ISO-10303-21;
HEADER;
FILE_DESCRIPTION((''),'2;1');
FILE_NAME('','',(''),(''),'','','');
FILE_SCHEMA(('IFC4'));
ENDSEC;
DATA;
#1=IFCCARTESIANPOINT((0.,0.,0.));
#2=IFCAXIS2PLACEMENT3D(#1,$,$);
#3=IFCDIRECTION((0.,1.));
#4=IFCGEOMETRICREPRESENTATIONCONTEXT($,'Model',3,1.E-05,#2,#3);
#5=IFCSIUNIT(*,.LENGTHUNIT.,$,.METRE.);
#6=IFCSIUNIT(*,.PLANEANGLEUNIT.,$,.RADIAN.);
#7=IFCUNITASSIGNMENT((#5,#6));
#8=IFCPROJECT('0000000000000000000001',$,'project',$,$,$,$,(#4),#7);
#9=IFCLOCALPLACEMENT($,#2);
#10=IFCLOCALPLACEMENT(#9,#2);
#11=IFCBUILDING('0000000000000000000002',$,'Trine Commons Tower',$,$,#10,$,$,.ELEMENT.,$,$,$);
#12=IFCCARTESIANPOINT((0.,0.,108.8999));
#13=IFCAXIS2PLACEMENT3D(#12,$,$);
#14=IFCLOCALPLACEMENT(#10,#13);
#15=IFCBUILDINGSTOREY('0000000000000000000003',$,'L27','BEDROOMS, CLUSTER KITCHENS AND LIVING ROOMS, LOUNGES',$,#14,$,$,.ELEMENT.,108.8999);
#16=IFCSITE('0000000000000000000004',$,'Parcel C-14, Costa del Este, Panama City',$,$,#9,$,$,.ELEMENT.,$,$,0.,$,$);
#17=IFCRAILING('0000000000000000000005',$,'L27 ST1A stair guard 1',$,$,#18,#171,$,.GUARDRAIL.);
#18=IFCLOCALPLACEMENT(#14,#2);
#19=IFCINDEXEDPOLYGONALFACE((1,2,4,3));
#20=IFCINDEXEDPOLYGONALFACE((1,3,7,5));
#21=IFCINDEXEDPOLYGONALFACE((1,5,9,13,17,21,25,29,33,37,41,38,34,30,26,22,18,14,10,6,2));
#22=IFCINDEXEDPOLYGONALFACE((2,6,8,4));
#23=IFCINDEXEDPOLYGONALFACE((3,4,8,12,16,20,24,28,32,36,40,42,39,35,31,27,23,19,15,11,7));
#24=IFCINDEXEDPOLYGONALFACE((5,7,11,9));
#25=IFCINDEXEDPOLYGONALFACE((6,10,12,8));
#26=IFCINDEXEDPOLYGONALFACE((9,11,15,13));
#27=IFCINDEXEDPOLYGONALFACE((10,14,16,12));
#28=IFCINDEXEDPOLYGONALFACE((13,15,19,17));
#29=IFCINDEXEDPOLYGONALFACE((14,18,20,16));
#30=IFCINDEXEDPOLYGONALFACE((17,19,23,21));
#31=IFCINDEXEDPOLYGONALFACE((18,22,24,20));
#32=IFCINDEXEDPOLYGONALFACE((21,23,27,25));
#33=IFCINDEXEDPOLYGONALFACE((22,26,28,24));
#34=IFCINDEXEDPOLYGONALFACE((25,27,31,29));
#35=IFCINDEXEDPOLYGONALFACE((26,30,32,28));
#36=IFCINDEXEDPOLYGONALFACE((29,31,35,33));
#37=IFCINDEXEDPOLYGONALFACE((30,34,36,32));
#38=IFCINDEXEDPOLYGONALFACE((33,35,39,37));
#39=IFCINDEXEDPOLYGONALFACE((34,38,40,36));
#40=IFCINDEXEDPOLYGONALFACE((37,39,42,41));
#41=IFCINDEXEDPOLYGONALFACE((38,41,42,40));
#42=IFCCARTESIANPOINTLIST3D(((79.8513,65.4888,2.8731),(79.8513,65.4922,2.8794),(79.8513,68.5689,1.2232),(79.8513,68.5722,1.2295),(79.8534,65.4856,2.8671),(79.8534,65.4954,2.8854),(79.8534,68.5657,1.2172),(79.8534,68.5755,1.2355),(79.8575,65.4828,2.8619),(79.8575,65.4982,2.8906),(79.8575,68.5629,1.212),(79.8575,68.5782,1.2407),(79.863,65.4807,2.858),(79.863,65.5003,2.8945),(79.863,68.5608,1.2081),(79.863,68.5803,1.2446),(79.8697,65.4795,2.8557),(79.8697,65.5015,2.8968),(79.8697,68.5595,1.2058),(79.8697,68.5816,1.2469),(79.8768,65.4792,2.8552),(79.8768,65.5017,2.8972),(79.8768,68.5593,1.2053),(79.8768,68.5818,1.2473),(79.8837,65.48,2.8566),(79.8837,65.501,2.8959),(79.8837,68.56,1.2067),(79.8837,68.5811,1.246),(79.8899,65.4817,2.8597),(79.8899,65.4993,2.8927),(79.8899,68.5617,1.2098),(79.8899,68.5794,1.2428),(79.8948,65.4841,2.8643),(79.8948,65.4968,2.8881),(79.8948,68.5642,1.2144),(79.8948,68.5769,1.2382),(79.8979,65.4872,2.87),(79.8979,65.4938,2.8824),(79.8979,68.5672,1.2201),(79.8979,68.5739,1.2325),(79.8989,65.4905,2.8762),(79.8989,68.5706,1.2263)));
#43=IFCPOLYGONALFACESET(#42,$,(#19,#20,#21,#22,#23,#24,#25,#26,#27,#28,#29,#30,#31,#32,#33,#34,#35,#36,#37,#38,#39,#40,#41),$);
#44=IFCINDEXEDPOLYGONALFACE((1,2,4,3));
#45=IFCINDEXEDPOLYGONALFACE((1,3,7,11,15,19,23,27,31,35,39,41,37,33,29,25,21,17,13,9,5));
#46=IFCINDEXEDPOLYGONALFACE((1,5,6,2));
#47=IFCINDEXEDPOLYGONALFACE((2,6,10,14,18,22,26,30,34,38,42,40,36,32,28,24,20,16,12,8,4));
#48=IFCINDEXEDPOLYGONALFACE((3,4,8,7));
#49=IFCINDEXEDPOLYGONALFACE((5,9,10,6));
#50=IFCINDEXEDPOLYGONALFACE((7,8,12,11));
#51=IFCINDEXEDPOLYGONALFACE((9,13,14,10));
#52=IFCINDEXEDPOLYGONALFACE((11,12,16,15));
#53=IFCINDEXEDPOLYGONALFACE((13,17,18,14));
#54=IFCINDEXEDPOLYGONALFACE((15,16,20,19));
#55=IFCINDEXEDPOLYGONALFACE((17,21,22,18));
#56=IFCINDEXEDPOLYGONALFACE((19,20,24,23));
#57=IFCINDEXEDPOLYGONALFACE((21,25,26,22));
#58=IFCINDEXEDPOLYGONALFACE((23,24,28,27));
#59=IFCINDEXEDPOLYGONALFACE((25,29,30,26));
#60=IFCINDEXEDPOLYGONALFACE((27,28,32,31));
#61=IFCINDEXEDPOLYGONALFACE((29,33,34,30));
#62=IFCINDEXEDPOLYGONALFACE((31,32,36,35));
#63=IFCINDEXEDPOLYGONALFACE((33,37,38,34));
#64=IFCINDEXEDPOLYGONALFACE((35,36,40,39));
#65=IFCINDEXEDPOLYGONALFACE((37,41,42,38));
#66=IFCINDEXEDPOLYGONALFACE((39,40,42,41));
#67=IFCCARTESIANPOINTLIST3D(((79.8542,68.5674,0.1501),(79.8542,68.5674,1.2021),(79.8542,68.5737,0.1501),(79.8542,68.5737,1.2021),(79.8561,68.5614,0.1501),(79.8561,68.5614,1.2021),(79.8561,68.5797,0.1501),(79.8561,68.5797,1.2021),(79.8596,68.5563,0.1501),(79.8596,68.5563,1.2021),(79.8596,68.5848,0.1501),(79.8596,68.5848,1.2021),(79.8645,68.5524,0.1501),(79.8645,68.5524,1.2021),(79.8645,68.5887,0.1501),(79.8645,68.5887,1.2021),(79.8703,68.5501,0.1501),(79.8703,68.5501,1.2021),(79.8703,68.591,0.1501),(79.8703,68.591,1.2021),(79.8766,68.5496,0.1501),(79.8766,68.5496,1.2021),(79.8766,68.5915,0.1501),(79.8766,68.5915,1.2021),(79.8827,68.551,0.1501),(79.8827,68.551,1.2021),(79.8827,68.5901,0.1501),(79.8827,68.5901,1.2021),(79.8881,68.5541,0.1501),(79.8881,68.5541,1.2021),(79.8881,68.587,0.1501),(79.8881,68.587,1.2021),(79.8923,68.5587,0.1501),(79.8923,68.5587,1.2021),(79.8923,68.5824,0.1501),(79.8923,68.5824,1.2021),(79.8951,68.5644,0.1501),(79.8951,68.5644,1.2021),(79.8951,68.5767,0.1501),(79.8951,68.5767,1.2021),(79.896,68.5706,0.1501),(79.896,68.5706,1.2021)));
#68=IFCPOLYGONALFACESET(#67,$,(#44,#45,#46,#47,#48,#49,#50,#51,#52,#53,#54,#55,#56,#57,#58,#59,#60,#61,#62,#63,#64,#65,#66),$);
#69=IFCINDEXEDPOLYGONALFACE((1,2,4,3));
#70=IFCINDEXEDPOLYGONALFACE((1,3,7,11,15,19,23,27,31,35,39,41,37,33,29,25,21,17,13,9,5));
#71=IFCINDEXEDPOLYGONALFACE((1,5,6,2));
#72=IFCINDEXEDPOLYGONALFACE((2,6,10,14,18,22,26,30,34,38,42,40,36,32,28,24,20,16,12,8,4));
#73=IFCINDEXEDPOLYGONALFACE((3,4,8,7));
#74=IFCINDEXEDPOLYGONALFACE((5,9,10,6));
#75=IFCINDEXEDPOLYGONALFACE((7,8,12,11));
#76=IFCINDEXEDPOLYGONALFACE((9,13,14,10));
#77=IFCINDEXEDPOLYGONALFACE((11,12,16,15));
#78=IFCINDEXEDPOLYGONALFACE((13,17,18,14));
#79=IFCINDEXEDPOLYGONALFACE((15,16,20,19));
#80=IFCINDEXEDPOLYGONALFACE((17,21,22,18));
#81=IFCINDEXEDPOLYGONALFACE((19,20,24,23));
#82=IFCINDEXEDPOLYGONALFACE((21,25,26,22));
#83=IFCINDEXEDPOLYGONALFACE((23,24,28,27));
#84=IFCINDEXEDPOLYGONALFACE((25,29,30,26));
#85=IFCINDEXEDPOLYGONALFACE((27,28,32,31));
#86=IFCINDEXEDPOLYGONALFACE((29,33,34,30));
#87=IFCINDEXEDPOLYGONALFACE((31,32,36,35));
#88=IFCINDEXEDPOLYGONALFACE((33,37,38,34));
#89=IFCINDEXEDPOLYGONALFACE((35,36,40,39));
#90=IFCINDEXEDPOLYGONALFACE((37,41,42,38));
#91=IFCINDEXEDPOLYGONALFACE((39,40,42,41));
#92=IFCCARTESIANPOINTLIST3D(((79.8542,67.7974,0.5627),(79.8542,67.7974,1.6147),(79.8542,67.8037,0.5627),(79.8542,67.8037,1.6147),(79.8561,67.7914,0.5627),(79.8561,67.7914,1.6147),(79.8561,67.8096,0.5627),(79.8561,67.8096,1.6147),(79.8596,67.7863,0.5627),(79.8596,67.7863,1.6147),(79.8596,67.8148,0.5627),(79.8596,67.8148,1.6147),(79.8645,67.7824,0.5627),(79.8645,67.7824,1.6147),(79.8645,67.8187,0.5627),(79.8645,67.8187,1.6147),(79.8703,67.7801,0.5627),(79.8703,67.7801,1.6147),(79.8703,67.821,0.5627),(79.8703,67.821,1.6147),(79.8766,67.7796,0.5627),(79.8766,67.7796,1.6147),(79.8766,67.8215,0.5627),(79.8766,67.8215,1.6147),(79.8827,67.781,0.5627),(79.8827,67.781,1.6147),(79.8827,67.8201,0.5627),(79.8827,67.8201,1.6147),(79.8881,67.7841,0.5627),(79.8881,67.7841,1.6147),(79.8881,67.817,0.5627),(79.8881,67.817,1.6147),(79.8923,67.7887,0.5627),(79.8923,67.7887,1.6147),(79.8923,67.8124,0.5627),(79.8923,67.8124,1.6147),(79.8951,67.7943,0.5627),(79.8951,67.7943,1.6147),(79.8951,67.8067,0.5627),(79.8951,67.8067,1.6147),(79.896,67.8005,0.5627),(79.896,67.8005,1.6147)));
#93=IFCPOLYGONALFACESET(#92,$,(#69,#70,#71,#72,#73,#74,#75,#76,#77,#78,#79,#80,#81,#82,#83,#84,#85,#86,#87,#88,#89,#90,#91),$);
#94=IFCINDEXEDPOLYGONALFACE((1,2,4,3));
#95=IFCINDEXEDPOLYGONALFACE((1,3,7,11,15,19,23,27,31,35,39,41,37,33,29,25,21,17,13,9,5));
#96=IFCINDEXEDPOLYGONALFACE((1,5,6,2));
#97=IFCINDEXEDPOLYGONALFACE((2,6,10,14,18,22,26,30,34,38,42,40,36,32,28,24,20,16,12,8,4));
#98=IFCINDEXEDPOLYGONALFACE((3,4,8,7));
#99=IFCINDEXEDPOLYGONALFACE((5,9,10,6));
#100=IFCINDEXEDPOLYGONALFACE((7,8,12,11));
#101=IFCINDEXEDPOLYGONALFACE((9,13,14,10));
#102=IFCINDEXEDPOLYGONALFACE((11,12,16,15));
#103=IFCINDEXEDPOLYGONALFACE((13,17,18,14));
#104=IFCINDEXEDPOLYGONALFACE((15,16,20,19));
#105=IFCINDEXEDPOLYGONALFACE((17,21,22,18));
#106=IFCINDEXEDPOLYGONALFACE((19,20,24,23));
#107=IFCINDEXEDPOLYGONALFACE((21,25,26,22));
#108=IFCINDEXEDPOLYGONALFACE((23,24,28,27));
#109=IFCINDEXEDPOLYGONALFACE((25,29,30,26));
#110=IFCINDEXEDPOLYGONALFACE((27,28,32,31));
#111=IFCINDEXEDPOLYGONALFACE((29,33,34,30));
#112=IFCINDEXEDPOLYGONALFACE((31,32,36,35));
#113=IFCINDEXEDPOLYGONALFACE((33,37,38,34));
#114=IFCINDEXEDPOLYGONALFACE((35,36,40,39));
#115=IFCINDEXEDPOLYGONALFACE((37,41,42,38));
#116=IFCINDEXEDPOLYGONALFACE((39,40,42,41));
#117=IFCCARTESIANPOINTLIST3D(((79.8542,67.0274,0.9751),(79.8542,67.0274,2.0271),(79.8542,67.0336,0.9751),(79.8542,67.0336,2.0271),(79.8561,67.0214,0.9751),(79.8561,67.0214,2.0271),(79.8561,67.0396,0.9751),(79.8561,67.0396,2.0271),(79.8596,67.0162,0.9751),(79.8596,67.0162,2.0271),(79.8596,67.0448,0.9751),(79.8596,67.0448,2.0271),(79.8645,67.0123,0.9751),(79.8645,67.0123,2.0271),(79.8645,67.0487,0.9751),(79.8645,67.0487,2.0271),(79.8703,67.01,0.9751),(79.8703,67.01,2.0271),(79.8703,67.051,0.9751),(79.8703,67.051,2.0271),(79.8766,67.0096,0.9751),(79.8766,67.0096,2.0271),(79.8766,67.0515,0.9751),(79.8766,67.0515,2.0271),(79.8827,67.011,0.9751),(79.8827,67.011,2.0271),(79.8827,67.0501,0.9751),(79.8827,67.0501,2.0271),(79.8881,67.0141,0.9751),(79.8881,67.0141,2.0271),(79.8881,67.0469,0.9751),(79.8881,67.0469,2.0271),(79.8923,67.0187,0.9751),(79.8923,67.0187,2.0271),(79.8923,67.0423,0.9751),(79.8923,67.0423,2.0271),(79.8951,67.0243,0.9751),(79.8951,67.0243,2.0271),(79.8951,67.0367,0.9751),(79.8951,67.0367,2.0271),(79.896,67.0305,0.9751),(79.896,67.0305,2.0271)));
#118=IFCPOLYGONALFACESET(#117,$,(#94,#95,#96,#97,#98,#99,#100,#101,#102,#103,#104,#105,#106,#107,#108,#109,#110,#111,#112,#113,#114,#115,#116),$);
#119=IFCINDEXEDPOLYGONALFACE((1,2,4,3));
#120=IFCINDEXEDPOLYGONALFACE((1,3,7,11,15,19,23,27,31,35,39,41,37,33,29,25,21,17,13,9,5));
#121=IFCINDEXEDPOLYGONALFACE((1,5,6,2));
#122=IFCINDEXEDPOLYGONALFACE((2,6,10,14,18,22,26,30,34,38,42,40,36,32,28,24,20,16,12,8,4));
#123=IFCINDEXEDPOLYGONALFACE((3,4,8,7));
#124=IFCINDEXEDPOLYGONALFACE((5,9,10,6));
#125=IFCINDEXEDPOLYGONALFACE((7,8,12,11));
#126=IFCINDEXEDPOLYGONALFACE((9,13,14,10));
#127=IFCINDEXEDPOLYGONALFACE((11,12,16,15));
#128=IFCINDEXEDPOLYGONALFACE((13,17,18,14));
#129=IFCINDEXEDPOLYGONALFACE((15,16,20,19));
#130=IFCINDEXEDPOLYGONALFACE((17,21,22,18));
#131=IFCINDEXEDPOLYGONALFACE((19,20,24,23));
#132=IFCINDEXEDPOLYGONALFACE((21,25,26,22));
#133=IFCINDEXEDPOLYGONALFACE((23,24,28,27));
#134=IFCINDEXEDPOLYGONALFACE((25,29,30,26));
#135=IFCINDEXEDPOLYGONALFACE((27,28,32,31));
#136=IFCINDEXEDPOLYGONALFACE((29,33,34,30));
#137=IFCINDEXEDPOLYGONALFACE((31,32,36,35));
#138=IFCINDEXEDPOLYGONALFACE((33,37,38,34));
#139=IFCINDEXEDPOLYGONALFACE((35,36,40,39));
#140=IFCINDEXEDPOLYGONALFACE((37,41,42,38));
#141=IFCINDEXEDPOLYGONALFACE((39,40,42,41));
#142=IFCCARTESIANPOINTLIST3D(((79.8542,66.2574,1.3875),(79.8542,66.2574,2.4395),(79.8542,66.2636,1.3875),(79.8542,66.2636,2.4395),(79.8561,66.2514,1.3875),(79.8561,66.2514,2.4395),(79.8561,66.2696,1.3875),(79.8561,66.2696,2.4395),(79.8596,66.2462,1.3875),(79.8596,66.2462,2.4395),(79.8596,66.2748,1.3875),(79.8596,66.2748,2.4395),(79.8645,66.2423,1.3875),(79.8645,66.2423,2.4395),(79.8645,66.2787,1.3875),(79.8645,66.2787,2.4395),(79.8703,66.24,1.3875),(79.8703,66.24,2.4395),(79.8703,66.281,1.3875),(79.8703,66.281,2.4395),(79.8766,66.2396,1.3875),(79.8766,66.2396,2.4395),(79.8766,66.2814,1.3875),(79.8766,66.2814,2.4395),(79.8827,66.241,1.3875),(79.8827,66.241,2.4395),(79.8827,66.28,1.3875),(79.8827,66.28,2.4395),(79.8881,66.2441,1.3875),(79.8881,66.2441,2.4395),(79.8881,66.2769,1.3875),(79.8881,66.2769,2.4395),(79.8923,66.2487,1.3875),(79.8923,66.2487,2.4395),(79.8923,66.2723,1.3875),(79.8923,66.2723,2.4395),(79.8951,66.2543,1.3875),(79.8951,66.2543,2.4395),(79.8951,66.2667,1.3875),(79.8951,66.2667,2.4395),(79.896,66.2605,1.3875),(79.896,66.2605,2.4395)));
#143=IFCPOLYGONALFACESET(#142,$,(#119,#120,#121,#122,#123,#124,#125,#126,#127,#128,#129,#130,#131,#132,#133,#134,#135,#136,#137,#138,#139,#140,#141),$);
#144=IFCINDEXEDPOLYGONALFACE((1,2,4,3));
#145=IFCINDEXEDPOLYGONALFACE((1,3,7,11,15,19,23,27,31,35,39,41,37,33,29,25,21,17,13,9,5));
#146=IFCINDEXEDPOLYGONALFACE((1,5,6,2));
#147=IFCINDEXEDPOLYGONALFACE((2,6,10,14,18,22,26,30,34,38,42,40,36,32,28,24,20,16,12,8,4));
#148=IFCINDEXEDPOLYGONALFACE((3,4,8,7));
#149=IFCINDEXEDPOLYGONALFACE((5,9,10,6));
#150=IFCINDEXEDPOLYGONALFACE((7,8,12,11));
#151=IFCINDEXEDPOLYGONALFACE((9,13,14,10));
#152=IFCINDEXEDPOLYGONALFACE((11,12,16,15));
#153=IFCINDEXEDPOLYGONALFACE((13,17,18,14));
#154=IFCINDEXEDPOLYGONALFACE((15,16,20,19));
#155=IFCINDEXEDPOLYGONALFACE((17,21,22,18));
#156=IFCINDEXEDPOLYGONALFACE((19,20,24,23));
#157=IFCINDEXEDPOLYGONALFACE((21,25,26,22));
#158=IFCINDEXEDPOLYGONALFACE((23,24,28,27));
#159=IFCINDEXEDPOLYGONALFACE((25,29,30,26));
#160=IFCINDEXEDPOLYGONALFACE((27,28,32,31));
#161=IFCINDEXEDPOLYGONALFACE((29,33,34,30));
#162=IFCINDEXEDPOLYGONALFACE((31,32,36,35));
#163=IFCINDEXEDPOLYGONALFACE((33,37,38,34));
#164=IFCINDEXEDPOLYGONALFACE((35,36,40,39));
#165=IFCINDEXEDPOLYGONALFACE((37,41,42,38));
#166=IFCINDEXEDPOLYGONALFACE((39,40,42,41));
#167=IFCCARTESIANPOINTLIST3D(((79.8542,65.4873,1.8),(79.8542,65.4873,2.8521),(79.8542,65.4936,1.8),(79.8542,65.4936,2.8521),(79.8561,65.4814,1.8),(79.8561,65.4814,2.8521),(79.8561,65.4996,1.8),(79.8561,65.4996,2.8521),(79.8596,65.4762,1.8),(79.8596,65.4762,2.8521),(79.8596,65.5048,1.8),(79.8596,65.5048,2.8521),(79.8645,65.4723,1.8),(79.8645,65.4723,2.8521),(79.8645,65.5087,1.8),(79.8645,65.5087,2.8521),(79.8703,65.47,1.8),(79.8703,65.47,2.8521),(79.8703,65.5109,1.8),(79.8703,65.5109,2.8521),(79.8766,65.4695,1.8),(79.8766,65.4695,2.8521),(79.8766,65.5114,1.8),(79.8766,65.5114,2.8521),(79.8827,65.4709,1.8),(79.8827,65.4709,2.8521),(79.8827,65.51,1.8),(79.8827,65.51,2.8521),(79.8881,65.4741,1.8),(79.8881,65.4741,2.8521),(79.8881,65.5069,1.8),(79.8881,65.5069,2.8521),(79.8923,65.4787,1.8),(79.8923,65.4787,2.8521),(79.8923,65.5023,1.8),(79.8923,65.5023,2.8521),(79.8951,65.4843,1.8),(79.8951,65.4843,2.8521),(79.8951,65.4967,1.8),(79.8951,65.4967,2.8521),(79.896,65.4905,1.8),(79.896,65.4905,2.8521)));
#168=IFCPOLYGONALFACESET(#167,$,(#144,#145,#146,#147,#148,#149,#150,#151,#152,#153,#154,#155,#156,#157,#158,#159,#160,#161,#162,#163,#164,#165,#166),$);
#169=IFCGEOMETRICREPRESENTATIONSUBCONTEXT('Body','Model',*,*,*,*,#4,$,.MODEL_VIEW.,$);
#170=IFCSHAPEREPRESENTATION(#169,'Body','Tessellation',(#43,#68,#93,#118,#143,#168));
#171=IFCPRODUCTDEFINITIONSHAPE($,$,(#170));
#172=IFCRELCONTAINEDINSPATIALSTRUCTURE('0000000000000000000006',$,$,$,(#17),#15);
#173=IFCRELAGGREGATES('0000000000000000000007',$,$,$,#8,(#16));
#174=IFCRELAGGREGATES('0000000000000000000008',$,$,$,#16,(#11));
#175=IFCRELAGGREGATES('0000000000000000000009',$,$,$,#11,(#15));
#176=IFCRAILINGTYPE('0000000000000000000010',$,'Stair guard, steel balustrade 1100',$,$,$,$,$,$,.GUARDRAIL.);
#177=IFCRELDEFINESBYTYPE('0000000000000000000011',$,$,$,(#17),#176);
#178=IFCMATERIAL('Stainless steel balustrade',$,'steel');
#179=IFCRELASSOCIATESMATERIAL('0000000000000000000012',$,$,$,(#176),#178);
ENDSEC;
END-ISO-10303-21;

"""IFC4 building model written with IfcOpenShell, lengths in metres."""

from ifc_helpers import new_model, si_unit, direction, frame, origin, origin_2d, place, context, subcontext, project, spatial, circle, extrude, material, type_object, element, save


model = new_model("IFC4")

# Units and contexts
model_context = context("Model", 3, precision=1e-05, world=origin(), true_north=direction((0.0, 1.0)))
body_context = subcontext(model_context, "Body", "Model", "MODEL_VIEW")
ifc_project = project(units=[si_unit("LENGTHUNIT", "METRE"), si_unit("PLANEANGLEUNIT", "RADIAN")], contexts=[model_context])

# Site, building, storey
site_placement = place(None, origin())
site = spatial("IfcSite", under=ifc_project, at=site_placement, Name="Parcel C-14, Costa del Este, Panama City", CompositionType="ELEMENT", RefElevation=0.0)
building_placement = place(site_placement, origin())
building = spatial("IfcBuilding", under=site, at=building_placement, Name="Trine Commons Tower", CompositionType="ELEMENT")
storey_placement = place(building_placement, frame((0.0, 0.0, 108.8999)))
storey = spatial("IfcBuildingStorey", under=building, at=storey_placement, Name="L27", Description="BEDROOMS, CLUSTER KITCHENS AND LIVING ROOMS, LOUNGES", CompositionType="ELEMENT", Elevation=108.8999)

# Railing
ifc_material_1 = material(Name="Stainless steel balustrade", Category="steel")
railing_type_1 = type_object("IfcRailingType", Name="Stair guard, steel balustrade 1100", PredefinedType="GUARDRAIL", material=ifc_material_1)
railing_1_placement = place(storey_placement, frame((79.875, 68.5706, 0.1501)))
element("IfcRailing", 1, at=railing_1_placement, inside=storey, type_object=railing_type_1, Name="L27 ST1A stair guard 1", PredefinedType="GUARDRAIL", context=body_context, shape_type="SweptSolid", body=[
    extrude(circle(Radius=0.0239, at=origin_2d()), frame((0.0, 0.0, 1.0762), z_axis=(0.0, -0.881497, 0.47219), x_axis=(1.0, 0.0, 0.0)), (0.0, 0.0, 1.0), 3.4941),
    extrude(circle(Radius=0.021, at=origin_2d()), origin(), (0.0, 0.0, 1.0), 1.052),
    extrude(circle(Radius=0.021, at=origin_2d()), frame((0.0, -0.77, 0.4126)), (0.0, 0.0, 1.0), 1.052),
    extrude(circle(Radius=0.021, at=origin_2d()), frame((0.0, -1.54, 0.825)), (0.0, 0.0, 1.0), 1.052),
    extrude(circle(Radius=0.021, at=origin_2d()), frame((0.0, -2.3101, 1.2373)), (0.0, 0.0, 1.0), 1.052),
    extrude(circle(Radius=0.021, at=origin_2d()), frame((0.0, -3.0801, 1.6499)), (0.0, 0.0, 1.0), 1.052),
])

save(model, "model.ifc")
